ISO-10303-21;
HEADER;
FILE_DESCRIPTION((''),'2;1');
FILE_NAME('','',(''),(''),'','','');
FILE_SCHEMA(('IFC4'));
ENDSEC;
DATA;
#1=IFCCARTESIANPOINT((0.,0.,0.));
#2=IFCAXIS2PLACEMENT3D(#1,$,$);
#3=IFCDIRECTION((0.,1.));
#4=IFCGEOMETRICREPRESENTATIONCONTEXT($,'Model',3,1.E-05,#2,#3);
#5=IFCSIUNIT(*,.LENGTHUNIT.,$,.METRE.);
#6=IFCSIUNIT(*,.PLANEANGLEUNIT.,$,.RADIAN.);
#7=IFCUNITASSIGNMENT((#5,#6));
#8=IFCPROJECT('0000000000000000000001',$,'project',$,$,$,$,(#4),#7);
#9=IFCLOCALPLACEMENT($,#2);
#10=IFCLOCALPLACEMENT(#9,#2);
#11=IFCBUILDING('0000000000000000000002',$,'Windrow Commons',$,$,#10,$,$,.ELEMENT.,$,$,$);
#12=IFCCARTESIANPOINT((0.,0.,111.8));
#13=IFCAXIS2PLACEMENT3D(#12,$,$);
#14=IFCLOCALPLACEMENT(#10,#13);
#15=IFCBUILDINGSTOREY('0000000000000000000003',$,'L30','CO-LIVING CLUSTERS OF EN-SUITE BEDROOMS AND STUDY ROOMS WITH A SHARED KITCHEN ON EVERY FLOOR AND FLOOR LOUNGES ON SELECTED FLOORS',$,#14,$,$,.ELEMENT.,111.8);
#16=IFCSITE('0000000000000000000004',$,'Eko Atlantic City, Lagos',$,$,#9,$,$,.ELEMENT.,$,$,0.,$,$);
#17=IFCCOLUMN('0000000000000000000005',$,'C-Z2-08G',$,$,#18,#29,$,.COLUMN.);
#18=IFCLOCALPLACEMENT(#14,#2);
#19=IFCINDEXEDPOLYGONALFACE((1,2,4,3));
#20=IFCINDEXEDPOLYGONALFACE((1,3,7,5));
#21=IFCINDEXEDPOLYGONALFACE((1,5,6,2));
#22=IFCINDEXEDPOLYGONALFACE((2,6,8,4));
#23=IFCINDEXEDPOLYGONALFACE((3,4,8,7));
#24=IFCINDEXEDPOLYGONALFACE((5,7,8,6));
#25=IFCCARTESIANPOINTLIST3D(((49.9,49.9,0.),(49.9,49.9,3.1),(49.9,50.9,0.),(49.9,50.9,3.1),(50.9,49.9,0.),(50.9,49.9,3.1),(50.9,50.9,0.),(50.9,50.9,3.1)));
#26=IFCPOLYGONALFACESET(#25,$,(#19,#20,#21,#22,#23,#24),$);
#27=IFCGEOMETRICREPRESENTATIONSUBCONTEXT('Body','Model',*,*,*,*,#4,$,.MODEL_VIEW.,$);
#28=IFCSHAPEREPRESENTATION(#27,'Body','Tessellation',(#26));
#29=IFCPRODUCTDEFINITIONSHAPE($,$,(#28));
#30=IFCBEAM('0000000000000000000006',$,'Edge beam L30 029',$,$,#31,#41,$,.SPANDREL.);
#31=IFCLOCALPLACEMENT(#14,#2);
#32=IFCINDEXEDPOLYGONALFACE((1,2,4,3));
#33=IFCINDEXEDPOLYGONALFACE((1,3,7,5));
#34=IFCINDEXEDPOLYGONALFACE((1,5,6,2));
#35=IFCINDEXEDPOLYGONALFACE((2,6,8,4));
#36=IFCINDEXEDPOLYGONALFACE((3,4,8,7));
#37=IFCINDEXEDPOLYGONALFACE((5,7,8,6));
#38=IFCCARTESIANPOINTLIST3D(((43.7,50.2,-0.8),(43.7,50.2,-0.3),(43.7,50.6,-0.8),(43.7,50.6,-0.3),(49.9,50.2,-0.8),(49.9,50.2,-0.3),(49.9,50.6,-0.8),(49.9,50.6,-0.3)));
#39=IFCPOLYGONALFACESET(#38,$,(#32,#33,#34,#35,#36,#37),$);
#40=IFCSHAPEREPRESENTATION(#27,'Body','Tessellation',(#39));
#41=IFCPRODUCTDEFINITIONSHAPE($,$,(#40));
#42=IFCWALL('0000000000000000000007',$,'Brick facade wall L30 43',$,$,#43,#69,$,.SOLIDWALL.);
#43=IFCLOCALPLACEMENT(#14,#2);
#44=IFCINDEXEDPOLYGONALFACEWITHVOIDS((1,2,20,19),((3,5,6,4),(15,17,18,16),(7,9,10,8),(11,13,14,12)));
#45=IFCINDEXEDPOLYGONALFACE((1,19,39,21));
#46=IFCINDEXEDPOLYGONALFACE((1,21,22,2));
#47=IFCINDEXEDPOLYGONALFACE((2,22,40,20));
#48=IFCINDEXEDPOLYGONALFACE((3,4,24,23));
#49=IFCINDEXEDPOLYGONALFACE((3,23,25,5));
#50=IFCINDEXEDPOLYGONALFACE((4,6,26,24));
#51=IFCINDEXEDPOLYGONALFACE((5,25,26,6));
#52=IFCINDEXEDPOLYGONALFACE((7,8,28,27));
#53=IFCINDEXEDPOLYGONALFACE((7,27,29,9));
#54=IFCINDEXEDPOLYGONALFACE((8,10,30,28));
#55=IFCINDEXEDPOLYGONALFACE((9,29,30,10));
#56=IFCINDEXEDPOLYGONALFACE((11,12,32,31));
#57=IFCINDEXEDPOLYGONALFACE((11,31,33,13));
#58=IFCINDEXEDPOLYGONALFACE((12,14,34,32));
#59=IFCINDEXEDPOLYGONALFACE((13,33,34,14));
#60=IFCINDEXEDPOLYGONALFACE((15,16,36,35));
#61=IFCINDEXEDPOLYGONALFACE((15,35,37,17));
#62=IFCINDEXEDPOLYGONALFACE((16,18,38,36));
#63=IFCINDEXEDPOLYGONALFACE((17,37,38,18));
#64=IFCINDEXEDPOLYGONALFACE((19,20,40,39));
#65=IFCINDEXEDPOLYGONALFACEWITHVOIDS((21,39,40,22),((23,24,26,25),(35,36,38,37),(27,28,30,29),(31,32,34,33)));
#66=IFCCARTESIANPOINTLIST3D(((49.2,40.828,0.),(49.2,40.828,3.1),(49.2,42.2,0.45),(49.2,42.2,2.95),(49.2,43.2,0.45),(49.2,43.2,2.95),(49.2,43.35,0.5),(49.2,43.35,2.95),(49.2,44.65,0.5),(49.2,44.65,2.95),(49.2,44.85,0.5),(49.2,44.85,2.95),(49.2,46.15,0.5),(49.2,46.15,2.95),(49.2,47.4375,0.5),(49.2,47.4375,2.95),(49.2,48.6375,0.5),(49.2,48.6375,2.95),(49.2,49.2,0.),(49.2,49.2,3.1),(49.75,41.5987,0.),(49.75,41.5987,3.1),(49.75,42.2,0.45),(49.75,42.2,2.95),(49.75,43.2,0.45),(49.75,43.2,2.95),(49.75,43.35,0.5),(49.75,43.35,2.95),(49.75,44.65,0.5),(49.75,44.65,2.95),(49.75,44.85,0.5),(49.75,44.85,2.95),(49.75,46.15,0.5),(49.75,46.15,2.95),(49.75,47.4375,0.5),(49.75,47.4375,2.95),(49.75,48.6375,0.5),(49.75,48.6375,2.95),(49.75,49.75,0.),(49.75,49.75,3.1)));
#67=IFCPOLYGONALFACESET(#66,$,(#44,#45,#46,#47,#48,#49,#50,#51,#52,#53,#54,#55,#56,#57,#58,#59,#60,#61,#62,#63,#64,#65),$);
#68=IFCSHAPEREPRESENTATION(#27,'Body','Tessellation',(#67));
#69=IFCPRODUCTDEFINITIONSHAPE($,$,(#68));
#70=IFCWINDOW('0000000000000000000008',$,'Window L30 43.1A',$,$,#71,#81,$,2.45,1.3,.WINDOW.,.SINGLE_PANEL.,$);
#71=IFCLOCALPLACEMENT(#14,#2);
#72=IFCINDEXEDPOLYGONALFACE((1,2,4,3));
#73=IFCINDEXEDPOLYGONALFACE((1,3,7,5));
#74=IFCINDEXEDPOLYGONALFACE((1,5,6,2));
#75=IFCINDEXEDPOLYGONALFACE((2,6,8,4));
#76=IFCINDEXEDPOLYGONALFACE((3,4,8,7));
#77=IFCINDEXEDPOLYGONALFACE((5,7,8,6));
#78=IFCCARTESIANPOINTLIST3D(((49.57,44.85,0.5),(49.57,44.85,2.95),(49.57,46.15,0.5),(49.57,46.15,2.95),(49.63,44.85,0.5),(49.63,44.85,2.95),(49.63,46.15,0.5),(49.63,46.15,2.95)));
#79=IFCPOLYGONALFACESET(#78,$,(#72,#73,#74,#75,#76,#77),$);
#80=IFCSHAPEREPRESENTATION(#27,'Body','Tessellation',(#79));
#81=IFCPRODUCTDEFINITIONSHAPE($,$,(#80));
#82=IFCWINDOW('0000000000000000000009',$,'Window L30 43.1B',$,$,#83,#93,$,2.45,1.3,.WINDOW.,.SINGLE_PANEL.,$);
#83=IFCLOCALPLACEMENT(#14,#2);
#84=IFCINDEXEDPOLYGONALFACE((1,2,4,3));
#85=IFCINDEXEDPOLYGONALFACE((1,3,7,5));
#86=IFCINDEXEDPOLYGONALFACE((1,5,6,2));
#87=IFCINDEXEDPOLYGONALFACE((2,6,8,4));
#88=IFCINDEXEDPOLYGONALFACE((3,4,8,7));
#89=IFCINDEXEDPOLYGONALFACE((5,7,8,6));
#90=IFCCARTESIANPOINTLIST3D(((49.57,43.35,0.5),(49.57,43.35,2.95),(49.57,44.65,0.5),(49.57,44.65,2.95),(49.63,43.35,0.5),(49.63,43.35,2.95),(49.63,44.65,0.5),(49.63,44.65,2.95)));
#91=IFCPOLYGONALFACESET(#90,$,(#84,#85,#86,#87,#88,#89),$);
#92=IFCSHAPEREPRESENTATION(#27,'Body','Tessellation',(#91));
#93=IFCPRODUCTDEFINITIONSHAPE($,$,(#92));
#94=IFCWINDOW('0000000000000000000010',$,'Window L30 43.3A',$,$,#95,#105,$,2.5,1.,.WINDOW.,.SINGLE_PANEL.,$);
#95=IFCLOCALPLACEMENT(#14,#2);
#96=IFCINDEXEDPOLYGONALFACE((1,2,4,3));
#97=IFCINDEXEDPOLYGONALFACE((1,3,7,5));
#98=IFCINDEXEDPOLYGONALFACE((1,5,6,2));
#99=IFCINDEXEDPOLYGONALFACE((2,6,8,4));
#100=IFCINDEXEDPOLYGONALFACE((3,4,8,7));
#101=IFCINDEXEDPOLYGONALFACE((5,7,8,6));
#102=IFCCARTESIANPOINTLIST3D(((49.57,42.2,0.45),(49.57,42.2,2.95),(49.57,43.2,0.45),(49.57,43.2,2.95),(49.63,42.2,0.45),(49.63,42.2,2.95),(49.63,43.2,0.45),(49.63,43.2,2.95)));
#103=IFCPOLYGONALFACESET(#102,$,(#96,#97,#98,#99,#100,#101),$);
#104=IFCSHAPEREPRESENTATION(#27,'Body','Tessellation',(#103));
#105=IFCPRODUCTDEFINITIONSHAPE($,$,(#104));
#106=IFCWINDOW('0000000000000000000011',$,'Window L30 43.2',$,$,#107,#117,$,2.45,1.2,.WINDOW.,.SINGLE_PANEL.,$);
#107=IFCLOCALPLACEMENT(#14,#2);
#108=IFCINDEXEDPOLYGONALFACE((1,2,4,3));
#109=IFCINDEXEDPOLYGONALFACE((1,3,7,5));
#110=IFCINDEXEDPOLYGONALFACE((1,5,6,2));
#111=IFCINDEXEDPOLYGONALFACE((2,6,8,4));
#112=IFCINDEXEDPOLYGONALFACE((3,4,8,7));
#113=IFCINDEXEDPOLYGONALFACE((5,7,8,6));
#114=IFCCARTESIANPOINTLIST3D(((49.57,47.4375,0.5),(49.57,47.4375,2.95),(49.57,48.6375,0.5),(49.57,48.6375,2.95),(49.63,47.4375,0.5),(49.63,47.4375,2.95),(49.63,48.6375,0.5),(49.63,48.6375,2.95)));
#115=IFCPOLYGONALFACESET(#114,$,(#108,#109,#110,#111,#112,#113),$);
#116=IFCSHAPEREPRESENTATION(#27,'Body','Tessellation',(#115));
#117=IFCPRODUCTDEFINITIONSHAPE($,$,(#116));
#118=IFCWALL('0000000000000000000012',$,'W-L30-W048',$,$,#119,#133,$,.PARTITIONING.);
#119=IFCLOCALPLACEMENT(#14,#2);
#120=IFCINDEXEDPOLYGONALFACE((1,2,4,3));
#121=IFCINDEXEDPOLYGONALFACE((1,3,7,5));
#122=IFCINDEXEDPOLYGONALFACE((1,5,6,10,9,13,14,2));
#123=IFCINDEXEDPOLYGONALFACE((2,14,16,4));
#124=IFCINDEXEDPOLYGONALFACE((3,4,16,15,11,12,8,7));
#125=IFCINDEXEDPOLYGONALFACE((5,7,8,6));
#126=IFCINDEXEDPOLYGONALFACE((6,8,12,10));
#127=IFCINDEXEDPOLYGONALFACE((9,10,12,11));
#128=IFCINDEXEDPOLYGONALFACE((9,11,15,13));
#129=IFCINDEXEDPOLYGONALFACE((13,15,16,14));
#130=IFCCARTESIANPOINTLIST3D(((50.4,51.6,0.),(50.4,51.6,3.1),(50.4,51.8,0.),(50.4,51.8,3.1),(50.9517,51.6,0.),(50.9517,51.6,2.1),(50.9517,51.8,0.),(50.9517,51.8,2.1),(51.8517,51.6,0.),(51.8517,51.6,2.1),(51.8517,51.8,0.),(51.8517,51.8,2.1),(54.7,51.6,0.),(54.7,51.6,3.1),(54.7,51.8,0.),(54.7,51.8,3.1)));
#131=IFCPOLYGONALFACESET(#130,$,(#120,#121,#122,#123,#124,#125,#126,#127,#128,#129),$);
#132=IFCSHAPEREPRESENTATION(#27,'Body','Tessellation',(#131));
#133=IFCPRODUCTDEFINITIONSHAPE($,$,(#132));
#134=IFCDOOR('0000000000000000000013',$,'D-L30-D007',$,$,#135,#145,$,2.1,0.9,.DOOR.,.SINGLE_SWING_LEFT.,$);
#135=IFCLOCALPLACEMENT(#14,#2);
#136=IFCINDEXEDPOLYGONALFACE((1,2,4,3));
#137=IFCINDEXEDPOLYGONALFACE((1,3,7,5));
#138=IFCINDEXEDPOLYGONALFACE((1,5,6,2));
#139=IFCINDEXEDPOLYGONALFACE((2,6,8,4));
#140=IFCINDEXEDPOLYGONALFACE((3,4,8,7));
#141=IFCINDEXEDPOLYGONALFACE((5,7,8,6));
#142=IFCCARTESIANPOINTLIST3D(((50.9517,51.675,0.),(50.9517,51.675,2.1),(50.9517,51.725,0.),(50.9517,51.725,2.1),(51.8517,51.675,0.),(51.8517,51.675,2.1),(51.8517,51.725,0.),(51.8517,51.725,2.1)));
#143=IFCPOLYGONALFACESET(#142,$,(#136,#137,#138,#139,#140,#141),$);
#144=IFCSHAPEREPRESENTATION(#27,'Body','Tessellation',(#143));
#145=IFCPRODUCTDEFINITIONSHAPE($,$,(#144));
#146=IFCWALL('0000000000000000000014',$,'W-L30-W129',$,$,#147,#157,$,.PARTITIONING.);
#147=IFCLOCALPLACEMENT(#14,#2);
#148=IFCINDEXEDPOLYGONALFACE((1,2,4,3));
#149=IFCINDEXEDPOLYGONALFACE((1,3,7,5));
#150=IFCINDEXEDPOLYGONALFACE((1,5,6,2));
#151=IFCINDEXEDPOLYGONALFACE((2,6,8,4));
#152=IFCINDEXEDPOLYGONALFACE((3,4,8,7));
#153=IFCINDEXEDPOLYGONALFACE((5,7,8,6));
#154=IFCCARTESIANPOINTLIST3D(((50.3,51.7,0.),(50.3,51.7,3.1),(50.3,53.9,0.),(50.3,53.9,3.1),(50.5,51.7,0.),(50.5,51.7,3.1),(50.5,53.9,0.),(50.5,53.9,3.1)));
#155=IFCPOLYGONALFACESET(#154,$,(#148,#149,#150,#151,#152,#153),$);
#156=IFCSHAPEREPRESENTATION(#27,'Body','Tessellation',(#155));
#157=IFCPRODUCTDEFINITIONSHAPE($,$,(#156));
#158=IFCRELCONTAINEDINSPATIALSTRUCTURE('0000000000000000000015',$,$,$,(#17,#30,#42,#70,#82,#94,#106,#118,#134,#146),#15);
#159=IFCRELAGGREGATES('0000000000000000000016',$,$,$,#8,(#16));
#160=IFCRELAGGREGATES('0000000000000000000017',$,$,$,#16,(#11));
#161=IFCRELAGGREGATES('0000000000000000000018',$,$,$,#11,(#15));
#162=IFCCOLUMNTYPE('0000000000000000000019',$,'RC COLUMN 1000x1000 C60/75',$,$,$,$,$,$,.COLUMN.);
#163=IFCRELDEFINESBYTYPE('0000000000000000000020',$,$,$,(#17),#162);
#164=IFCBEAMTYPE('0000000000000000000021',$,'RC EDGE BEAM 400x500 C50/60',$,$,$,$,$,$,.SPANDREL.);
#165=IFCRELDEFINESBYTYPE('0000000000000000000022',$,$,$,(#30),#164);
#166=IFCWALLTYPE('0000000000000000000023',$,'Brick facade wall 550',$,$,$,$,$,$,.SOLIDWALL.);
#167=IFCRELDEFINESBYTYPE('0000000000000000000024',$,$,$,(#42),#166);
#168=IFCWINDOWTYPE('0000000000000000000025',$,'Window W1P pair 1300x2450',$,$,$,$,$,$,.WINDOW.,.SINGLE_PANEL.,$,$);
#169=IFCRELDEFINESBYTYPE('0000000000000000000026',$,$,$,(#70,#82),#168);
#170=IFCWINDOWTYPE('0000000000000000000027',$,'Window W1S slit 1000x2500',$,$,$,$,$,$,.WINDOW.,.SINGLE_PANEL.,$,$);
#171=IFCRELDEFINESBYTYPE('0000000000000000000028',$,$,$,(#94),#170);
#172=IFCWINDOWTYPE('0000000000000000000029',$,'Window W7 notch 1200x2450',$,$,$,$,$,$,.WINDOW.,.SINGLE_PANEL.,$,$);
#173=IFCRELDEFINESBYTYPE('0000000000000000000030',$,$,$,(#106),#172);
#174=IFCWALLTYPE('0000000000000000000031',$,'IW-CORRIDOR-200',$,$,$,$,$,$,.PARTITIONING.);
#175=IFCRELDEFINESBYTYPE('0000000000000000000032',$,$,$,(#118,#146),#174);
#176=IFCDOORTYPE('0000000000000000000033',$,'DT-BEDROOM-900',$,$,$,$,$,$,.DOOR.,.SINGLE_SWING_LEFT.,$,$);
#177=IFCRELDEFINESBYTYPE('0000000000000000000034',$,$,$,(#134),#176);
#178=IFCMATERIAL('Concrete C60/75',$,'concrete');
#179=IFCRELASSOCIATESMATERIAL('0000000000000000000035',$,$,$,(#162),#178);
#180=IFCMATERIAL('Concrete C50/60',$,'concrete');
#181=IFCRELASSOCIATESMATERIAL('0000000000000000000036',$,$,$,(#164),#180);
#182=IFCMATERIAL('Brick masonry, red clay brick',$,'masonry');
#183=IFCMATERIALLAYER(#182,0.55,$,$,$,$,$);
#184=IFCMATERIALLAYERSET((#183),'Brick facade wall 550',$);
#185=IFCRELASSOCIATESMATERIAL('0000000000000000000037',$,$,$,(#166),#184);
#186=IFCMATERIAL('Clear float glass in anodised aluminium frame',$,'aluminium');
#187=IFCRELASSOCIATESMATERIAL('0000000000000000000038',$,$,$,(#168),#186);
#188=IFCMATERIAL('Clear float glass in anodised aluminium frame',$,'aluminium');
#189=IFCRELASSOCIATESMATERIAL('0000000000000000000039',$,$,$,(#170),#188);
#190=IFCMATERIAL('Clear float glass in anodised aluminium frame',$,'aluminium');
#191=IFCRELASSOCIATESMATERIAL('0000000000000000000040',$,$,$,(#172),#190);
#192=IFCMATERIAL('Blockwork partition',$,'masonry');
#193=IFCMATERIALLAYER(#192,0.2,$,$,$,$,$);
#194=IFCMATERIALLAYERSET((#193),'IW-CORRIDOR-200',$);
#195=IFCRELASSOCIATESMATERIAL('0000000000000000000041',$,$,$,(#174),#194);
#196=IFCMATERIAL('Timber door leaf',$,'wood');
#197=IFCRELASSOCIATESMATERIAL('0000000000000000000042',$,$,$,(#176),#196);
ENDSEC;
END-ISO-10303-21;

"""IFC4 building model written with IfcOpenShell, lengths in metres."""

from ifc_helpers import new_model, si_unit, direction, frame, frame_2d, origin, origin_2d, place, context, subcontext, project, spatial, polyline, rectangle, outline, extrude, material, layer, layer_set, material_profile, profile_set, type_object, element, fill, save


model = new_model("IFC4")

# Units and contexts
model_context = context("Model", 3, precision=1e-05, world=origin(), true_north=direction((0.0, 1.0)))
body_context = subcontext(model_context, "Body", "Model", "MODEL_VIEW")
ifc_project = project(units=[si_unit("LENGTHUNIT", "METRE"), si_unit("PLANEANGLEUNIT", "RADIAN")], contexts=[model_context])

# Site, building, storey
site_placement = place(None, origin())
site = spatial("IfcSite", under=ifc_project, at=site_placement, Name="Eko Atlantic City, Lagos", CompositionType="ELEMENT", RefElevation=0.0)
building_placement = place(site_placement, origin())
building = spatial("IfcBuilding", under=site, at=building_placement, Name="Windrow Commons", CompositionType="ELEMENT")
storey_placement = place(building_placement, frame((0.0, 0.0, 111.8)))
storey = spatial("IfcBuildingStorey", under=building, at=storey_placement, Name="L30", Description="CO-LIVING CLUSTERS OF EN-SUITE BEDROOMS AND STUDY ROOMS WITH A SHARED KITCHEN ON EVERY FLOOR AND FLOOR LOUNGES ON SELECTED FLOORS", CompositionType="ELEMENT", Elevation=111.8)

# Column
ifc_material_1 = material(Name="Concrete C60/75", Category="concrete")
ifc_material_profile_1 = material_profile(ifc_material_1, rectangle(XDim=1.0, YDim=1.0, at=origin_2d()))
ifc_profile_set_1 = profile_set([ifc_material_profile_1], Name="Concrete C60/75")
column_type = type_object("IfcColumnType", Name="RC COLUMN 1000x1000 C60/75", PredefinedType="COLUMN", material=ifc_profile_set_1)
column_placement = place(storey_placement, frame((50.4, 50.4, 0.0), z_axis=(0.0, 0.0, 1.0), x_axis=(1.0, 0.0, 0.0)))
element("IfcColumn", 1, at=column_placement, inside=storey, type_object=column_type, Name="C-Z2-08G", PredefinedType="COLUMN", context=body_context, shape_type="SweptSolid", body=[
    extrude(rectangle(XDim=1.0, YDim=1.0, at=origin_2d()), origin(), (0.0, 0.0, 1.0), 3.1),
])

# Beam
ifc_material_2 = material(Name="Concrete C50/60", Category="concrete")
ifc_material_profile_2 = material_profile(ifc_material_2, rectangle(XDim=0.4, YDim=0.5, at=origin_2d()))
ifc_profile_set_2 = profile_set([ifc_material_profile_2], Name="Concrete C50/60")
beam_type = type_object("IfcBeamType", Name="RC EDGE BEAM 400x500 C50/60", PredefinedType="SPANDREL", material=ifc_profile_set_2)
beam_placement = place(storey_placement, frame((49.9, 50.4, -0.55), z_axis=(-1.0, 0.0, 0.0), x_axis=(0.0, -1.0, 0.0)))
element("IfcBeam", 2, at=beam_placement, inside=storey, type_object=beam_type, Name="Edge beam L30 029", PredefinedType="SPANDREL", context=body_context, shape_type="SweptSolid", body=[
    extrude(rectangle(XDim=0.4, YDim=0.5, at=origin_2d()), origin(), (0.0, 0.0, 1.0), 6.2),
])

# Wall, openings, windows
ifc_material_3 = material(Name="Brick masonry, red clay brick", Category="masonry")
ifc_layer_1 = layer(ifc_material_3, 0.55)
ifc_layer_set_1 = layer_set([ifc_layer_1], Name="Brick facade wall 550")
wall_type_1 = type_object("IfcWallType", Name="Brick facade wall 550", PredefinedType="SOLIDWALL", material=ifc_layer_set_1)
wall_1_placement = place(storey_placement, frame((49.475, 49.475, 0.0), z_axis=(0.0, 0.0, 1.0), x_axis=(0.0, -1.0, 0.0)))
wall_1 = element("IfcWall", 3, at=wall_1_placement, inside=storey, type_object=wall_type_1, Name="Brick facade wall L30 43", PredefinedType="SOLIDWALL", context=body_context, shape_type="SweptSolid", body=[
    extrude(outline(polyline([(0.275, -0.275), (8.647, -0.275), (7.8763, 0.275), (-0.275, 0.275), (0.275, -0.275)])), origin(), (0.0, 0.0, 1.0), 3.1),
])
opening_1_placement = place(wall_1_placement, frame((3.325, 0.0, 0.5)))
opening_1 = element("IfcOpeningElement", 4, at=opening_1_placement, cuts=wall_1, PredefinedType="OPENING", context=body_context, shape_type="SweptSolid", body=[
    extrude(rectangle(XDim=1.3, YDim=2.45, at=frame_2d((0.65, 1.225))), frame((0.0, 0.285, 0.0), z_axis=(0.0, -1.0, 0.0), x_axis=(1.0, 0.0, 0.0)), (0.0, 0.0, 1.0), 0.57),
])
opening_2_placement = place(wall_1_placement, frame((4.825, 0.0, 0.5)))
opening_2 = element("IfcOpeningElement", 5, at=opening_2_placement, cuts=wall_1, PredefinedType="OPENING", context=body_context, shape_type="SweptSolid", body=[
    extrude(rectangle(XDim=1.3, YDim=2.45, at=frame_2d((0.65, 1.225))), frame((0.0, 0.285, 0.0), z_axis=(0.0, -1.0, 0.0), x_axis=(1.0, 0.0, 0.0)), (0.0, 0.0, 1.0), 0.57),
])
opening_3_placement = place(wall_1_placement, frame((0.8375, 0.0, 0.5)))
opening_3 = element("IfcOpeningElement", 6, at=opening_3_placement, cuts=wall_1, PredefinedType="OPENING", context=body_context, shape_type="SweptSolid", body=[
    extrude(rectangle(XDim=1.2, YDim=2.45, at=frame_2d((0.6, 1.225))), frame((0.0, 0.285, 0.0), z_axis=(0.0, -1.0, 0.0), x_axis=(1.0, 0.0, 0.0)), (0.0, 0.0, 1.0), 0.57),
])
opening_4_placement = place(wall_1_placement, frame((6.275, 0.0, 0.45)))
opening_4 = element("IfcOpeningElement", 7, at=opening_4_placement, cuts=wall_1, PredefinedType="OPENING", context=body_context, shape_type="SweptSolid", body=[
    extrude(rectangle(XDim=1.0, YDim=2.5, at=frame_2d((0.5, 1.25))), frame((0.0, 0.285, 0.0), z_axis=(0.0, -1.0, 0.0), x_axis=(1.0, 0.0, 0.0)), (0.0, 0.0, 1.0), 0.57),
])
ifc_material_4 = material(Name="Clear float glass in anodised aluminium frame", Category="aluminium")
window_type_1 = type_object("IfcWindowType", Name="Window W1P pair 1300x2450", PartitioningType="SINGLE_PANEL", PredefinedType="WINDOW", material=ifc_material_4)
window_1_placement = place(opening_1_placement, origin())
window_1 = element("IfcWindow", 8, at=window_1_placement, inside=storey, type_object=window_type_1, Name="Window L30 43.1A", OverallHeight=2.45, OverallWidth=1.3, PartitioningType="SINGLE_PANEL", PredefinedType="WINDOW", context=body_context, shape_type="SweptSolid", body=[
    extrude(rectangle(XDim=1.3, YDim=2.45, at=frame_2d((0.65, 1.225))), frame((0.0, 0.155, 0.0), z_axis=(0.0, -1.0, 0.0), x_axis=(1.0, 0.0, 0.0)), (0.0, 0.0, 1.0), 0.06),
])
fill(opening_1, window_1)
window_2_placement = place(opening_2_placement, origin())
window_2 = element("IfcWindow", 9, at=window_2_placement, inside=storey, type_object=window_type_1, Name="Window L30 43.1B", OverallHeight=2.45, OverallWidth=1.3, PartitioningType="SINGLE_PANEL", PredefinedType="WINDOW", context=body_context, shape_type="SweptSolid", body=[
    extrude(rectangle(XDim=1.3, YDim=2.45, at=frame_2d((0.65, 1.225))), frame((0.0, 0.155, 0.0), z_axis=(0.0, -1.0, 0.0), x_axis=(1.0, 0.0, 0.0)), (0.0, 0.0, 1.0), 0.06),
])
fill(opening_2, window_2)
ifc_material_5 = material(Name="Clear float glass in anodised aluminium frame", Category="aluminium")
window_type_2 = type_object("IfcWindowType", Name="Window W1S slit 1000x2500", PartitioningType="SINGLE_PANEL", PredefinedType="WINDOW", material=ifc_material_5)
window_3_placement = place(opening_4_placement, origin())
window_3 = element("IfcWindow", 10, at=window_3_placement, inside=storey, type_object=window_type_2, Name="Window L30 43.3A", OverallHeight=2.5, OverallWidth=1.0, PartitioningType="SINGLE_PANEL", PredefinedType="WINDOW", context=body_context, shape_type="SweptSolid", body=[
    extrude(rectangle(XDim=1.0, YDim=2.5, at=frame_2d((0.5, 1.25))), frame((0.0, 0.155, 0.0), z_axis=(0.0, -1.0, 0.0), x_axis=(1.0, 0.0, 0.0)), (0.0, 0.0, 1.0), 0.06),
])
fill(opening_4, window_3)
ifc_material_6 = material(Name="Clear float glass in anodised aluminium frame", Category="aluminium")
window_type_3 = type_object("IfcWindowType", Name="Window W7 notch 1200x2450", PartitioningType="SINGLE_PANEL", PredefinedType="WINDOW", material=ifc_material_6)
window_4_placement = place(opening_3_placement, origin())
window_4 = element("IfcWindow", 11, at=window_4_placement, inside=storey, type_object=window_type_3, Name="Window L30 43.2", OverallHeight=2.45, OverallWidth=1.2, PartitioningType="SINGLE_PANEL", PredefinedType="WINDOW", context=body_context, shape_type="SweptSolid", body=[
    extrude(rectangle(XDim=1.2, YDim=2.45, at=frame_2d((0.6, 1.225))), frame((0.0, 0.155, 0.0), z_axis=(0.0, -1.0, 0.0), x_axis=(1.0, 0.0, 0.0)), (0.0, 0.0, 1.0), 0.06),
])
fill(opening_3, window_4)

# Wall, opening, door
ifc_material_7 = material(Name="Blockwork partition", Category="masonry")
ifc_layer_2 = layer(ifc_material_7, 0.2)
ifc_layer_set_2 = layer_set([ifc_layer_2], Name="IW-CORRIDOR-200")
wall_type_2 = type_object("IfcWallType", Name="IW-CORRIDOR-200", PredefinedType="PARTITIONING", material=ifc_layer_set_2)
wall_2_placement = place(storey_placement, frame((50.4, 51.7, 0.0), z_axis=(0.0, 0.0, 1.0), x_axis=(1.0, 0.0, 0.0)))
wall_2 = element("IfcWall", 12, at=wall_2_placement, inside=storey, type_object=wall_type_2, Name="W-L30-W048", PredefinedType="PARTITIONING", context=body_context, shape_type="SweptSolid", body=[
    extrude(rectangle(XDim=4.3, YDim=0.2, at=frame_2d((2.15, 0.0))), origin(), (0.0, 0.0, 1.0), 3.1),
])
opening_5_placement = place(wall_2_placement, frame((0.5517, 0.0, 0.0)))
opening_5 = element("IfcOpeningElement", 13, at=opening_5_placement, cuts=wall_2, PredefinedType="OPENING", context=body_context, shape_type="SweptSolid", body=[
    extrude(rectangle(XDim=0.9, YDim=2.1, at=frame_2d((0.45, 1.05))), frame((0.0, 0.11, 0.0), z_axis=(0.0, -1.0, 0.0), x_axis=(1.0, 0.0, 0.0)), (0.0, 0.0, 1.0), 0.22),
])
ifc_material_8 = material(Name="Timber door leaf", Category="wood")
door_type = type_object("IfcDoorType", Name="DT-BEDROOM-900", OperationType="SINGLE_SWING_LEFT", PredefinedType="DOOR", material=ifc_material_8)
door_placement = place(opening_5_placement, origin())
door = element("IfcDoor", 14, at=door_placement, inside=storey, type_object=door_type, Name="D-L30-D007", OperationType="SINGLE_SWING_LEFT", OverallHeight=2.1, OverallWidth=0.9, PredefinedType="DOOR", context=body_context, shape_type="SweptSolid", body=[
    extrude(rectangle(XDim=0.9, YDim=2.1, at=frame_2d((0.45, 1.05))), frame((0.0, 0.025, 0.0), z_axis=(0.0, -1.0, 0.0), x_axis=(1.0, 0.0, 0.0)), (0.0, 0.0, 1.0), 0.05),
])
fill(opening_5, door)

# Wall
wall_3_placement = place(storey_placement, frame((50.4, 51.7, 0.0), z_axis=(0.0, 0.0, 1.0), x_axis=(0.0, 1.0, 0.0)))
element("IfcWall", 15, at=wall_3_placement, inside=storey, type_object=wall_type_2, Name="W-L30-W129", PredefinedType="PARTITIONING", context=body_context, shape_type="SweptSolid", body=[
    extrude(rectangle(XDim=2.2, YDim=0.2, at=frame_2d((1.1, 0.0))), origin(), (0.0, 0.0, 1.0), 3.1),
])

save(model, "model.ifc")
